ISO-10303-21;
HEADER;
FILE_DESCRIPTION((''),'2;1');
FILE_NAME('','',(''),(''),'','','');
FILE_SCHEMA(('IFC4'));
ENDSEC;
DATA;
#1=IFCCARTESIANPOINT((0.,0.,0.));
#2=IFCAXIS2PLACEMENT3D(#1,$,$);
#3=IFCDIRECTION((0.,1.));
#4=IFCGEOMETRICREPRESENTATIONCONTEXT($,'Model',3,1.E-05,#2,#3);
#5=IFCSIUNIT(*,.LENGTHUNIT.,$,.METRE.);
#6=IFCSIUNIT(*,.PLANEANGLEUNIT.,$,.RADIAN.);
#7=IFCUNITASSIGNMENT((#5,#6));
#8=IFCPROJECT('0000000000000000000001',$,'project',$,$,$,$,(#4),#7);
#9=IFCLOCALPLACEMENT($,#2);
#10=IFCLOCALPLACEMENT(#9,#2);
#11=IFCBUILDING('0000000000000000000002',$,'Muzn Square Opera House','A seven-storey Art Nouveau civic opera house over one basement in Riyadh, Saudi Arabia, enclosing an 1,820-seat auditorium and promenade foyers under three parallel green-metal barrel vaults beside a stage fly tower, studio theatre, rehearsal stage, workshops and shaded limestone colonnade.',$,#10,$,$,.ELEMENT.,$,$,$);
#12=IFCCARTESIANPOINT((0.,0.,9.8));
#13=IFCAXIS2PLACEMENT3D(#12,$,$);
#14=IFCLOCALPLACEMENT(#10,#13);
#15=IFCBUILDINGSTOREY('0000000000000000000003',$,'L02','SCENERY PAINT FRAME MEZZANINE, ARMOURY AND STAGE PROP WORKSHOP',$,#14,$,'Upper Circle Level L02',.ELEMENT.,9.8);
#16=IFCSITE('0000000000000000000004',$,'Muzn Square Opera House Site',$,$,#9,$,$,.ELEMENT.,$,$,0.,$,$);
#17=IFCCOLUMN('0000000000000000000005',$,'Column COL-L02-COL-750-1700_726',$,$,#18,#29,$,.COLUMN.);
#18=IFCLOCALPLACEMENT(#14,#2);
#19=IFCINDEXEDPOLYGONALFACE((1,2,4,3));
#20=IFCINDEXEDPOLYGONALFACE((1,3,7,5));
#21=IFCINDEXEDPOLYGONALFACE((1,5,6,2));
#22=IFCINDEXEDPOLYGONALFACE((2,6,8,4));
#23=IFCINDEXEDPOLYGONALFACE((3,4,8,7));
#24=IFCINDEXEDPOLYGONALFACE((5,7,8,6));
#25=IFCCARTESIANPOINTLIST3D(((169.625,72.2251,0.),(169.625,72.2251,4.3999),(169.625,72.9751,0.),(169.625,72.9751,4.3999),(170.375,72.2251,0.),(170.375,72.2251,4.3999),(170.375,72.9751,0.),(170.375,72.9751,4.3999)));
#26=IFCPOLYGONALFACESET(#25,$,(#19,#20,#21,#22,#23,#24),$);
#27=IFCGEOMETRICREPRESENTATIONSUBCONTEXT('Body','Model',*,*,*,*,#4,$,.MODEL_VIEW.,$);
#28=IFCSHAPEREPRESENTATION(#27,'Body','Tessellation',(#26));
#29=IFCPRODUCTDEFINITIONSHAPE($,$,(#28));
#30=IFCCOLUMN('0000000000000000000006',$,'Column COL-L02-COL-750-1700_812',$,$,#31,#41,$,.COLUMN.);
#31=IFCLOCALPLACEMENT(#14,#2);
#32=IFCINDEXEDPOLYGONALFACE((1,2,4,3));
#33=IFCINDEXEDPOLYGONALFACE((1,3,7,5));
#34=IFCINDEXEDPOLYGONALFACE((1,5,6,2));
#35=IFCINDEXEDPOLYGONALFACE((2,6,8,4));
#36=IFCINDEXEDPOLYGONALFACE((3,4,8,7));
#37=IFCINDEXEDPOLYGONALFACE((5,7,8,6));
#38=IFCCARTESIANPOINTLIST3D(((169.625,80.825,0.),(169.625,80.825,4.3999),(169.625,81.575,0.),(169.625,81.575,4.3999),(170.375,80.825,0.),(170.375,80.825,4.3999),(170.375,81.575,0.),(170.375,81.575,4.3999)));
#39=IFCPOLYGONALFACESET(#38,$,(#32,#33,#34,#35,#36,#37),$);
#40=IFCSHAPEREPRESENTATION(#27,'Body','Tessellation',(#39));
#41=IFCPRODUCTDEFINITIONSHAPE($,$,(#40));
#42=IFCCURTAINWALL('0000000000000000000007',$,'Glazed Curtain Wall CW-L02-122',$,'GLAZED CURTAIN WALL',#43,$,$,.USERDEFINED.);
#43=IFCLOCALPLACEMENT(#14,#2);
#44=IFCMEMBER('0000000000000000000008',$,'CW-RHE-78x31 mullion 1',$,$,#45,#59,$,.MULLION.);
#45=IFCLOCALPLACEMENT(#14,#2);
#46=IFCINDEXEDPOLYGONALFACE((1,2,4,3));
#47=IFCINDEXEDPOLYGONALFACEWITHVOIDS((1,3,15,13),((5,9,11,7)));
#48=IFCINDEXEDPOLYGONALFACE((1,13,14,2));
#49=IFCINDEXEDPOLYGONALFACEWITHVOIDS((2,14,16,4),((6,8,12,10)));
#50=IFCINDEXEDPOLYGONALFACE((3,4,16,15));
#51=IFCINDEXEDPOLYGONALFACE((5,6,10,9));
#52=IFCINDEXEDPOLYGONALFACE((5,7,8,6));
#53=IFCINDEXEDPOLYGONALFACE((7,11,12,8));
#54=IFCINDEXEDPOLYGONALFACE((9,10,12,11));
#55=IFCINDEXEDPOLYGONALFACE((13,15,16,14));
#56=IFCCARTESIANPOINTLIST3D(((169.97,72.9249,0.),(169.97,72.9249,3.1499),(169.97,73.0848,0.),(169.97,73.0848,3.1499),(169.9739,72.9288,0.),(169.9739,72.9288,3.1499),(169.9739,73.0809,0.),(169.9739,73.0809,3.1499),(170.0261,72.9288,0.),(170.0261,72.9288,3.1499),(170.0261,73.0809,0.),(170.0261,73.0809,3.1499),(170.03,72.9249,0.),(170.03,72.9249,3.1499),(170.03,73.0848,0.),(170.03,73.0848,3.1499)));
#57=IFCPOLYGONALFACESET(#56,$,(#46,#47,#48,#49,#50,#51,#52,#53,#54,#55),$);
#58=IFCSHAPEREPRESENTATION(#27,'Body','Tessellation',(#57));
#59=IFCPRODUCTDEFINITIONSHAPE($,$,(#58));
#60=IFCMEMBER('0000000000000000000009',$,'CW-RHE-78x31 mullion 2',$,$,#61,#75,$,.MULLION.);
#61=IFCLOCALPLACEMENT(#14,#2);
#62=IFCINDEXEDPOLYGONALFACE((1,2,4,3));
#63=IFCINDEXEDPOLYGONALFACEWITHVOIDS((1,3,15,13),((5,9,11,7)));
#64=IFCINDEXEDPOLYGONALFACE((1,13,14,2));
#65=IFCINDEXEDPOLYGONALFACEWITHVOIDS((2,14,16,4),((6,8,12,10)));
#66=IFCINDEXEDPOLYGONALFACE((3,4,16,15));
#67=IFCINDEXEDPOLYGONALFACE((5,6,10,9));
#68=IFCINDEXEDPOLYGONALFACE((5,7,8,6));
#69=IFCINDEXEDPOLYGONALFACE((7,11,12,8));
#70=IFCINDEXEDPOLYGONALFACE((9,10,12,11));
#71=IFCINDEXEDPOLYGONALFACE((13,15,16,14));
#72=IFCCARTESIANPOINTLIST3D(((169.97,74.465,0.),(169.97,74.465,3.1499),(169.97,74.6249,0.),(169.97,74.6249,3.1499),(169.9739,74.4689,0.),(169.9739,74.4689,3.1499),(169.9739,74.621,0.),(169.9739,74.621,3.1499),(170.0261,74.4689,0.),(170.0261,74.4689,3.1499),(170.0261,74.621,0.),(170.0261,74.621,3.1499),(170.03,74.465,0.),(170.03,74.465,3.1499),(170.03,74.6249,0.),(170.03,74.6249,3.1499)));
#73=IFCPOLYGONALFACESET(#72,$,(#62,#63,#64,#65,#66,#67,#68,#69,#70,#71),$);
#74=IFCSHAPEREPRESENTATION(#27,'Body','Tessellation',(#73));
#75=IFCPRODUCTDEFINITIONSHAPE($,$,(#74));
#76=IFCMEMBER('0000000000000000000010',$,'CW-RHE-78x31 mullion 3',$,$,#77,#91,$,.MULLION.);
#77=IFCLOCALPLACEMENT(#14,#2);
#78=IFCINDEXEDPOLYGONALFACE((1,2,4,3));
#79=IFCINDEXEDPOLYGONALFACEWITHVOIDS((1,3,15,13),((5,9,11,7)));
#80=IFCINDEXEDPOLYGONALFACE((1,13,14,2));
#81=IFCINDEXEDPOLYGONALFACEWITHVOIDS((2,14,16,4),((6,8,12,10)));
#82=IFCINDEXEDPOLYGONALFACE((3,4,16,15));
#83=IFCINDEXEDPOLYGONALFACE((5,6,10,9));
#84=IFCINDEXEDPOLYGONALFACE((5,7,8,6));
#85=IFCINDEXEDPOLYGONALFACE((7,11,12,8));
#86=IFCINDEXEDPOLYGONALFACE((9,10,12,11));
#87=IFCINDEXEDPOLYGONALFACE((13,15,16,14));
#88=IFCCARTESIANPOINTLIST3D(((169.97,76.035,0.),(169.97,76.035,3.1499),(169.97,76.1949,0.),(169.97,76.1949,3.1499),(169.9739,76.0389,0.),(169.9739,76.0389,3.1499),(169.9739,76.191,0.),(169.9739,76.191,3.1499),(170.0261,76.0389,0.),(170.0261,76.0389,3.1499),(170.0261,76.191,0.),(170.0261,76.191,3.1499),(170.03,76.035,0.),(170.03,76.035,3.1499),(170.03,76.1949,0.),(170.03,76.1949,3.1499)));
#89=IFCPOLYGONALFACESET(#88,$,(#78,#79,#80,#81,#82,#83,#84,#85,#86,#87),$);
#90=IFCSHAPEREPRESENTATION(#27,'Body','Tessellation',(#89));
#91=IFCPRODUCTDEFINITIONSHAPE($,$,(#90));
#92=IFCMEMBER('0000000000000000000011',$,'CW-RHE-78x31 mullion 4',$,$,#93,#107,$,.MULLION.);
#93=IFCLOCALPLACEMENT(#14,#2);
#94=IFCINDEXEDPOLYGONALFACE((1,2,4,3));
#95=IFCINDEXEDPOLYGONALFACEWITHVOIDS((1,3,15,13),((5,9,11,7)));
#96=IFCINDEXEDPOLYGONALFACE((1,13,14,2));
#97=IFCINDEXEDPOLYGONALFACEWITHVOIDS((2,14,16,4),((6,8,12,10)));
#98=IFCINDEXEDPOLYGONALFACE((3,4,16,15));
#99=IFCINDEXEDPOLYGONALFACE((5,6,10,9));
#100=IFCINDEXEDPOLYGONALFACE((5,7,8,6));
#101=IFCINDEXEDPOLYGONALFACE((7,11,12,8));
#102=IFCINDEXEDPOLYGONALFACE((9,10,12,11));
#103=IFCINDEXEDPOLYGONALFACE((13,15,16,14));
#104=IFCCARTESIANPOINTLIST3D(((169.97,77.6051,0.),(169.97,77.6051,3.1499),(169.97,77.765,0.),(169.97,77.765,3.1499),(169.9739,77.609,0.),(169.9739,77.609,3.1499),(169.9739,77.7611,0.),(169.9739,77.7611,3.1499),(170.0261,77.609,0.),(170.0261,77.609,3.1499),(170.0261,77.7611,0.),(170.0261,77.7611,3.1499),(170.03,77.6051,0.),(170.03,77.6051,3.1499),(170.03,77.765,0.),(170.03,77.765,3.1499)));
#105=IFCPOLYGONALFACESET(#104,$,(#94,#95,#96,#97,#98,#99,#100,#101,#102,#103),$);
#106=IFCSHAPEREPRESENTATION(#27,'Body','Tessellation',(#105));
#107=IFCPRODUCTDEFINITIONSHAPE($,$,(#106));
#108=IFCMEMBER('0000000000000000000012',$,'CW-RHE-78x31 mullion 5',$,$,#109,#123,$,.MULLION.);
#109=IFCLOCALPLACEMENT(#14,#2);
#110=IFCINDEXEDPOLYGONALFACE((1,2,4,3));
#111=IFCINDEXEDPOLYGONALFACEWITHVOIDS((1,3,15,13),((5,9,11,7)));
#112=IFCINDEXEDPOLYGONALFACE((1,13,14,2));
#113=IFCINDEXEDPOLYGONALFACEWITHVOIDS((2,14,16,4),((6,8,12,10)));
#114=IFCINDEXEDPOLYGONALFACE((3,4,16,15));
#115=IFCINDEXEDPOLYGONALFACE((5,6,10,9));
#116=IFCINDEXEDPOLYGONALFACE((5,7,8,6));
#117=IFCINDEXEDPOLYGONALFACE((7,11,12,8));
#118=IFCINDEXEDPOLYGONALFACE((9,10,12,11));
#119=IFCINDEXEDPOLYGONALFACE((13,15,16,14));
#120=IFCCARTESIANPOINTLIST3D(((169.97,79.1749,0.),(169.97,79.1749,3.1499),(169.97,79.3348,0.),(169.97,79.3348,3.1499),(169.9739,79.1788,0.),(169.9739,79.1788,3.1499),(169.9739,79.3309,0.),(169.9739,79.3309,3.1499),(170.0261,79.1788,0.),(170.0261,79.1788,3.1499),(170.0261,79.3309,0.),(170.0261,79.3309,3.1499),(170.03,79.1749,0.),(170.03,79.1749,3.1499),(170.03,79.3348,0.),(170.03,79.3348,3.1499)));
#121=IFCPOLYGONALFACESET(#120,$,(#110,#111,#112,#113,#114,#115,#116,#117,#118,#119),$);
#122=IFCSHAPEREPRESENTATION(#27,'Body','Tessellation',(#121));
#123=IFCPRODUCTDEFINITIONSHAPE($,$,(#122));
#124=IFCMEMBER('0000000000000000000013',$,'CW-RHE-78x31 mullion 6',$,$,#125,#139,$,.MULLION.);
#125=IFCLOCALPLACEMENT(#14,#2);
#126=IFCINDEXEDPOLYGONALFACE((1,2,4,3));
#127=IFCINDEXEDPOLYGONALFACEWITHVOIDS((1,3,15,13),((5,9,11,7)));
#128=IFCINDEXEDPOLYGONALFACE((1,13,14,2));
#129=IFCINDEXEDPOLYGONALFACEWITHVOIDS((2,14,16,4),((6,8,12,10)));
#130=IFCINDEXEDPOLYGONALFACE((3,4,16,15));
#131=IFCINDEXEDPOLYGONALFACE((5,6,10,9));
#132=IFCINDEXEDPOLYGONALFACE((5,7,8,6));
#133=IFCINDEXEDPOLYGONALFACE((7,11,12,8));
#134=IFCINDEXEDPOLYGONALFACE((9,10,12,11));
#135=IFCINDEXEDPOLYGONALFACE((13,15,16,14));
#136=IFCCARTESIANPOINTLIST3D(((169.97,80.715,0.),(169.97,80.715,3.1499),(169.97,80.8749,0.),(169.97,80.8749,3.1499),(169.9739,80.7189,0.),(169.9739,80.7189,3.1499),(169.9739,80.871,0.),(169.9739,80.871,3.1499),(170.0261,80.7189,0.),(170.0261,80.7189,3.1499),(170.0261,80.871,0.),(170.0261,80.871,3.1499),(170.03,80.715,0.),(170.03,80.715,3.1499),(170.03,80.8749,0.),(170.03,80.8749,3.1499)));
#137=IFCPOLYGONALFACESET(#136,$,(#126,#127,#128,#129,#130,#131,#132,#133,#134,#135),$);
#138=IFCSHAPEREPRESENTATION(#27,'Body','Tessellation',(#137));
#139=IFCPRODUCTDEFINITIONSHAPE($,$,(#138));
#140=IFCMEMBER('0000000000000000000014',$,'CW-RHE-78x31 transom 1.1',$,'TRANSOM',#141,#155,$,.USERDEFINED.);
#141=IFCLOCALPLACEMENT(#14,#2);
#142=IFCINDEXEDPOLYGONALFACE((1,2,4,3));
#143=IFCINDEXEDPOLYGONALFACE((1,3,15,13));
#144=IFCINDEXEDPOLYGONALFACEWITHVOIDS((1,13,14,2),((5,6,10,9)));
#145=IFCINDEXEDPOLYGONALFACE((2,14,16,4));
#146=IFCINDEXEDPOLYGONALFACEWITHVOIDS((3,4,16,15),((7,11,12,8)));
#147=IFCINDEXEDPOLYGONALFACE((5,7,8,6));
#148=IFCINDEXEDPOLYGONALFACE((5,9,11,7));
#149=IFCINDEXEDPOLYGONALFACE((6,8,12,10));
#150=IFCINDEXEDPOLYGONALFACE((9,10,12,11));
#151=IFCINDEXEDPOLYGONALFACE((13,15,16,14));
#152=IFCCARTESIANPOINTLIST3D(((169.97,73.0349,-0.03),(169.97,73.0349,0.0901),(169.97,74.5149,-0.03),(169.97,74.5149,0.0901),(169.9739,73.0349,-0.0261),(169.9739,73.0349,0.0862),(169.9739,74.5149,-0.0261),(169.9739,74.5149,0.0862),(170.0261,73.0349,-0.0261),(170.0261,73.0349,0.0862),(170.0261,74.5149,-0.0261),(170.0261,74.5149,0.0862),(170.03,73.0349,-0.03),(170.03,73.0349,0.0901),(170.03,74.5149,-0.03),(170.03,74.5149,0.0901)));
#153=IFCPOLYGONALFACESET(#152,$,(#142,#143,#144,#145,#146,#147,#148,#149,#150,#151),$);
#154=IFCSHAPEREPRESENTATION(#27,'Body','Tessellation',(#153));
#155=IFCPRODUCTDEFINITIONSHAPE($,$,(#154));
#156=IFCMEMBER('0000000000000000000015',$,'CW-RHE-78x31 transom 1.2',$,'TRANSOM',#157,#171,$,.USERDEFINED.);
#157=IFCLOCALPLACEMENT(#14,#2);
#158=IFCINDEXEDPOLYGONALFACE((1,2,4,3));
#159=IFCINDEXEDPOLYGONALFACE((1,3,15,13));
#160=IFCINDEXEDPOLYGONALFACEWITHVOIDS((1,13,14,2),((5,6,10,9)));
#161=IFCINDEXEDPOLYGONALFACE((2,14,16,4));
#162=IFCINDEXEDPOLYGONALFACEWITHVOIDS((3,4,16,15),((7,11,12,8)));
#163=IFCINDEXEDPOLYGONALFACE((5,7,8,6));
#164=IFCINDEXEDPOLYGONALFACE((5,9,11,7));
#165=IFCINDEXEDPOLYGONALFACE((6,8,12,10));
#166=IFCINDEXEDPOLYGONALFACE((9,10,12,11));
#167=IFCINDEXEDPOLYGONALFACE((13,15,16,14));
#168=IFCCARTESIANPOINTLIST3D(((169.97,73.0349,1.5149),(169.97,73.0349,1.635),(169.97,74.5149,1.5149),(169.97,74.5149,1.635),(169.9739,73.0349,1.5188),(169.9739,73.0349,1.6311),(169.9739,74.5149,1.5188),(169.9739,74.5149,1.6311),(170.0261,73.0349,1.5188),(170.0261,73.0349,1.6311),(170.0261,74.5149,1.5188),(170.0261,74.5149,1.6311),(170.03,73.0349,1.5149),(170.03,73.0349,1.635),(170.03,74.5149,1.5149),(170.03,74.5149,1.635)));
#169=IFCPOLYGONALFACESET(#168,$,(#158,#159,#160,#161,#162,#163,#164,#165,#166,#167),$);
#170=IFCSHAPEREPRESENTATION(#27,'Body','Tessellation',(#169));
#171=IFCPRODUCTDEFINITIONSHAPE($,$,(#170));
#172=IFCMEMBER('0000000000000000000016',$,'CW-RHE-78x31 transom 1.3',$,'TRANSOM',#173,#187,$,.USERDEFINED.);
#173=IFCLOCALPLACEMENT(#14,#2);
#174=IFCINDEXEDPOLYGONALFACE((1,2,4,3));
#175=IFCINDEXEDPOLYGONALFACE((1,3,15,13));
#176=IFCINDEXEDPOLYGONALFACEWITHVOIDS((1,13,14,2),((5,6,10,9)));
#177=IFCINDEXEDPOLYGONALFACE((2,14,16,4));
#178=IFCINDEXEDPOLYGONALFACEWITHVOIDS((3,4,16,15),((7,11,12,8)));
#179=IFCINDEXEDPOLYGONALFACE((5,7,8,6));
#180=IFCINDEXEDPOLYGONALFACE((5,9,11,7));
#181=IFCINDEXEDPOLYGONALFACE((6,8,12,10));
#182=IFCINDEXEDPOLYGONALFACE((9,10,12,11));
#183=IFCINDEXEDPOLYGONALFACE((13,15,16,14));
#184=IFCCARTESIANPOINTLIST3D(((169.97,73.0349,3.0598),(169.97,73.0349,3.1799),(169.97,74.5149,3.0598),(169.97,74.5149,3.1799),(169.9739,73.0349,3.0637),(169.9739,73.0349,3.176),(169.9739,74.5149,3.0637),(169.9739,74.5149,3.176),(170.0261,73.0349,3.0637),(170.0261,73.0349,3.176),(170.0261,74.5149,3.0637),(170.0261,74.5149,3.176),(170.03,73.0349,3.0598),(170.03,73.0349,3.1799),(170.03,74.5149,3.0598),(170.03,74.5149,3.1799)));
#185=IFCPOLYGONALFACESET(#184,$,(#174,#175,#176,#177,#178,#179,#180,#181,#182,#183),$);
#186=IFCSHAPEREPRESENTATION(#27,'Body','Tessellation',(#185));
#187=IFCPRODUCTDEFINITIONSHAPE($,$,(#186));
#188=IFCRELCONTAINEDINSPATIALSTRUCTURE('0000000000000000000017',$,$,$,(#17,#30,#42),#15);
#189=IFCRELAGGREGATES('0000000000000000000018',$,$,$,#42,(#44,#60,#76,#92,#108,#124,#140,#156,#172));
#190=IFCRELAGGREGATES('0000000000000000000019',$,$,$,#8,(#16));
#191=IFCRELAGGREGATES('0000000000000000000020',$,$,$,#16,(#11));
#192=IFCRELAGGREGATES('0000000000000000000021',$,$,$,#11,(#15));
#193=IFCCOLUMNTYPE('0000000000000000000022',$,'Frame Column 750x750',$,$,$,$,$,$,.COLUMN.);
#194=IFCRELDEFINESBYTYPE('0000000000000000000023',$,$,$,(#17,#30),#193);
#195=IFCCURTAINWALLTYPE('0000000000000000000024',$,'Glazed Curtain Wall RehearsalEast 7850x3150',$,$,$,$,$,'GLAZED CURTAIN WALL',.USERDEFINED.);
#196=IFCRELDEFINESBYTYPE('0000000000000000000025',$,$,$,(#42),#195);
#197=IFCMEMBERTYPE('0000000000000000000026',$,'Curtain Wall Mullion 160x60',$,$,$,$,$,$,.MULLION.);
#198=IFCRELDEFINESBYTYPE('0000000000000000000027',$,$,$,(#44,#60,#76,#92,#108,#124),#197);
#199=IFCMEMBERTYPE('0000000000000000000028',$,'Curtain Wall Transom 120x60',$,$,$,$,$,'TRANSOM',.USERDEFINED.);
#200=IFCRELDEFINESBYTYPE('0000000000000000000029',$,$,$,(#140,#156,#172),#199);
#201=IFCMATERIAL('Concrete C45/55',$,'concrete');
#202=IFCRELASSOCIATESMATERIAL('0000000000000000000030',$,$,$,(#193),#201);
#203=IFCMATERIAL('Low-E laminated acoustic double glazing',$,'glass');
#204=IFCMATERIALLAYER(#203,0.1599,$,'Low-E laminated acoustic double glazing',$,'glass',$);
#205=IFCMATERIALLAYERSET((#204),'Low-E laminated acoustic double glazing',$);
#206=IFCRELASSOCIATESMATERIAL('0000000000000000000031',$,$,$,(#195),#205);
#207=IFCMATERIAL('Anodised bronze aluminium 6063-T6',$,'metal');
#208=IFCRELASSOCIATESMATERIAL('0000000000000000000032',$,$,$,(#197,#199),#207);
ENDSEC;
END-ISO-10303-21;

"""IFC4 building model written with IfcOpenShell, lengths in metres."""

from ifc_helpers import new_model, si_unit, direction, frame, origin, origin_2d, place, context, subcontext, project, spatial, rectangle, hollow_rectangle, extrude, material, layer, layer_set, material_profile, profile_set, type_object, element, aggregate, save


model = new_model("IFC4")

# Units and contexts
model_context = context("Model", 3, precision=1e-05, world=origin(), true_north=direction((0.0, 1.0)))
body_context = subcontext(model_context, "Body", "Model", "MODEL_VIEW")
ifc_project = project(units=[si_unit("LENGTHUNIT", "METRE"), si_unit("PLANEANGLEUNIT", "RADIAN")], contexts=[model_context])

# Site, building, storey
site_placement = place(None, origin())
site = spatial("IfcSite", under=ifc_project, at=site_placement, Name="Muzn Square Opera House Site", CompositionType="ELEMENT", RefElevation=0.0)
building_placement = place(site_placement, origin())
building = spatial("IfcBuilding", under=site, at=building_placement, Name="Muzn Square Opera House", Description="A seven-storey Art Nouveau civic opera house over one basement in Riyadh, Saudi Arabia, enclosing an 1,820-seat auditorium and promenade foyers under three parallel green-metal barrel vaults beside a stage fly tower, studio theatre, rehearsal stage, workshops and shaded limestone colonnade.", CompositionType="ELEMENT")
storey_placement = place(building_placement, frame((0.0, 0.0, 9.8)))
storey = spatial("IfcBuildingStorey", under=building, at=storey_placement, Name="L02", Description="SCENERY PAINT FRAME MEZZANINE, ARMOURY AND STAGE PROP WORKSHOP", LongName="Upper Circle Level L02", CompositionType="ELEMENT", Elevation=9.8)

# Columns
ifc_material_1 = material(Name="Concrete C45/55", Category="concrete")
ifc_material_profile_1 = material_profile(ifc_material_1, rectangle(XDim=0.75, YDim=0.75, at=origin_2d()), Name="RC 750x750", Category="concrete")
ifc_profile_set_1 = profile_set([ifc_material_profile_1], Name="Concrete C45/55")
column_type = type_object("IfcColumnType", Name="Frame Column 750x750", PredefinedType="COLUMN", material=ifc_profile_set_1)
for number, where, z_axis, x_axis, name in (
    (1, (170.0, 72.6001, 0.0), (0.0, 0.0, 1.0), (1.0, 0.0, 0.0), "Column COL-L02-COL-750-1700_726"),
    (2, (170.0, 81.2, 0.0), (0.0, 0.0, 1.0), (1.0, 0.0, 0.0), "Column COL-L02-COL-750-1700_812"),
):
    element("IfcColumn", number, at=place(storey_placement, frame(where, z_axis=z_axis, x_axis=x_axis)), inside=storey, type_object=column_type, Name=name, PredefinedType="COLUMN", context=body_context, shape_type="SweptSolid", body=[
        extrude(rectangle(XDim=0.75, YDim=0.75, at=origin_2d()), origin(), (0.0, 0.0, 1.0), 4.3999),
    ])

# Curtain wall, members
ifc_material_2 = material(Name="Low-E laminated acoustic double glazing", Category="glass")
ifc_layer_1 = layer(ifc_material_2, 0.1599, Name="Low-E laminated acoustic double glazing", Category="glass")
ifc_layer_set_1 = layer_set([ifc_layer_1], Name="Low-E laminated acoustic double glazing")
curtain_wall_type = type_object("IfcCurtainWallType", Name="Glazed Curtain Wall RehearsalEast 7850x3150", ElementType="GLAZED CURTAIN WALL", PredefinedType="USERDEFINED", material=ifc_layer_set_1)
curtain_wall_placement = place(storey_placement, origin())
curtain_wall = element("IfcCurtainWall", 3, at=curtain_wall_placement, inside=storey, type_object=curtain_wall_type, Name="Glazed Curtain Wall CW-L02-122", ObjectType="GLAZED CURTAIN WALL", PredefinedType="USERDEFINED")
ifc_material_3 = material(Name="Anodised bronze aluminium 6063-T6", Category="metal")
ifc_material_profile_2 = material_profile(ifc_material_3, hollow_rectangle(XDim=0.0601, YDim=0.1599, WallThickness=0.0039, at=origin_2d()), Name="ALU 160x60x4", Category="metal")
ifc_profile_set_2 = profile_set([ifc_material_profile_2], Name="Anodised bronze aluminium 6063-T6")
member_type_1 = type_object("IfcMemberType", Name="Curtain Wall Mullion 160x60", PredefinedType="MULLION", material=ifc_profile_set_2)
member_1_placement = place(storey_placement, frame((170.0, 73.0049, 0.0), z_axis=(0.0, 0.0, 1.0), x_axis=(-1.0, 0.0, 0.0)))
member_1 = element("IfcMember", 4, at=member_1_placement, type_object=member_type_1, Name="CW-RHE-78x31 mullion 1", PredefinedType="MULLION", context=body_context, shape_type="SweptSolid", body=[
    extrude(hollow_rectangle(XDim=0.0601, YDim=0.1599, WallThickness=0.0039, at=origin_2d()), origin(), (0.0, 0.0, 1.0), 3.1499),
])
member_2_placement = place(storey_placement, frame((170.0, 74.5449, 0.0), z_axis=(0.0, 0.0, 1.0), x_axis=(-1.0, 0.0, 0.0)))
member_2 = element("IfcMember", 5, at=member_2_placement, type_object=member_type_1, Name="CW-RHE-78x31 mullion 2", PredefinedType="MULLION", context=body_context, shape_type="SweptSolid", body=[
    extrude(hollow_rectangle(XDim=0.0601, YDim=0.1599, WallThickness=0.0039, at=origin_2d()), origin(), (0.0, 0.0, 1.0), 3.1499),
])
member_3_placement = place(storey_placement, frame((170.0, 76.115, 0.0), z_axis=(0.0, 0.0, 1.0), x_axis=(-1.0, 0.0, 0.0)))
member_3 = element("IfcMember", 6, at=member_3_placement, type_object=member_type_1, Name="CW-RHE-78x31 mullion 3", PredefinedType="MULLION", context=body_context, shape_type="SweptSolid", body=[
    extrude(hollow_rectangle(XDim=0.0601, YDim=0.1599, WallThickness=0.0039, at=origin_2d()), origin(), (0.0, 0.0, 1.0), 3.1499),
])
member_4_placement = place(storey_placement, frame((170.0, 77.6851, 0.0), z_axis=(0.0, 0.0, 1.0), x_axis=(-1.0, 0.0, 0.0)))
member_4 = element("IfcMember", 7, at=member_4_placement, type_object=member_type_1, Name="CW-RHE-78x31 mullion 4", PredefinedType="MULLION", context=body_context, shape_type="SweptSolid", body=[
    extrude(hollow_rectangle(XDim=0.0601, YDim=0.1599, WallThickness=0.0039, at=origin_2d()), origin(), (0.0, 0.0, 1.0), 3.1499),
])
member_5_placement = place(storey_placement, frame((170.0, 79.2549, 0.0), z_axis=(0.0, 0.0, 1.0), x_axis=(-1.0, 0.0, 0.0)))
member_5 = element("IfcMember", 8, at=member_5_placement, type_object=member_type_1, Name="CW-RHE-78x31 mullion 5", PredefinedType="MULLION", context=body_context, shape_type="SweptSolid", body=[
    extrude(hollow_rectangle(XDim=0.0601, YDim=0.1599, WallThickness=0.0039, at=origin_2d()), origin(), (0.0, 0.0, 1.0), 3.1499),
])
member_6_placement = place(storey_placement, frame((170.0, 80.7949, 0.0), z_axis=(0.0, 0.0, 1.0), x_axis=(-1.0, 0.0, 0.0)))
member_6 = element("IfcMember", 9, at=member_6_placement, type_object=member_type_1, Name="CW-RHE-78x31 mullion 6", PredefinedType="MULLION", context=body_context, shape_type="SweptSolid", body=[
    extrude(hollow_rectangle(XDim=0.0601, YDim=0.1599, WallThickness=0.0039, at=origin_2d()), origin(), (0.0, 0.0, 1.0), 3.1499),
])
ifc_material_profile_3 = material_profile(ifc_material_3, hollow_rectangle(XDim=0.0601, YDim=0.1201, WallThickness=0.0039, at=origin_2d()), Name="ALU 120x60x4", Category="metal")
ifc_profile_set_3 = profile_set([ifc_material_profile_3], Name="Anodised bronze aluminium 6063-T6")
member_type_2 = type_object("IfcMemberType", Name="Curtain Wall Transom 120x60", ElementType="TRANSOM", PredefinedType="USERDEFINED", material=ifc_profile_set_3)
member_7_placement = place(storey_placement, frame((170.0, 73.0349, 0.03), z_axis=(0.0, 1.0, 0.0), x_axis=(-1.0, 0.0, 0.0)))
member_7 = element("IfcMember", 10, at=member_7_placement, type_object=member_type_2, Name="CW-RHE-78x31 transom 1.1", ObjectType="TRANSOM", PredefinedType="USERDEFINED", context=body_context, shape_type="SweptSolid", body=[
    extrude(hollow_rectangle(XDim=0.0601, YDim=0.1201, WallThickness=0.0039, at=origin_2d()), origin(), (0.0, 0.0, 1.0), 1.48),
])
member_8_placement = place(storey_placement, frame((170.0, 73.0349, 1.575), z_axis=(0.0, 1.0, 0.0), x_axis=(-1.0, 0.0, 0.0)))
member_8 = element("IfcMember", 11, at=member_8_placement, type_object=member_type_2, Name="CW-RHE-78x31 transom 1.2", ObjectType="TRANSOM", PredefinedType="USERDEFINED", context=body_context, shape_type="SweptSolid", body=[
    extrude(hollow_rectangle(XDim=0.0601, YDim=0.1201, WallThickness=0.0039, at=origin_2d()), origin(), (0.0, 0.0, 1.0), 1.48),
])
member_9_placement = place(storey_placement, frame((170.0, 73.0349, 3.1199), z_axis=(0.0, 1.0, 0.0), x_axis=(-1.0, 0.0, 0.0)))
member_9 = element("IfcMember", 12, at=member_9_placement, type_object=member_type_2, Name="CW-RHE-78x31 transom 1.3", ObjectType="TRANSOM", PredefinedType="USERDEFINED", context=body_context, shape_type="SweptSolid", body=[
    extrude(hollow_rectangle(XDim=0.0601, YDim=0.1201, WallThickness=0.0039, at=origin_2d()), origin(), (0.0, 0.0, 1.0), 1.48),
])

aggregate(curtain_wall, [member_1, member_2, member_3, member_4, member_5, member_6, member_7, member_8, member_9])

save(model, "model.ifc")
